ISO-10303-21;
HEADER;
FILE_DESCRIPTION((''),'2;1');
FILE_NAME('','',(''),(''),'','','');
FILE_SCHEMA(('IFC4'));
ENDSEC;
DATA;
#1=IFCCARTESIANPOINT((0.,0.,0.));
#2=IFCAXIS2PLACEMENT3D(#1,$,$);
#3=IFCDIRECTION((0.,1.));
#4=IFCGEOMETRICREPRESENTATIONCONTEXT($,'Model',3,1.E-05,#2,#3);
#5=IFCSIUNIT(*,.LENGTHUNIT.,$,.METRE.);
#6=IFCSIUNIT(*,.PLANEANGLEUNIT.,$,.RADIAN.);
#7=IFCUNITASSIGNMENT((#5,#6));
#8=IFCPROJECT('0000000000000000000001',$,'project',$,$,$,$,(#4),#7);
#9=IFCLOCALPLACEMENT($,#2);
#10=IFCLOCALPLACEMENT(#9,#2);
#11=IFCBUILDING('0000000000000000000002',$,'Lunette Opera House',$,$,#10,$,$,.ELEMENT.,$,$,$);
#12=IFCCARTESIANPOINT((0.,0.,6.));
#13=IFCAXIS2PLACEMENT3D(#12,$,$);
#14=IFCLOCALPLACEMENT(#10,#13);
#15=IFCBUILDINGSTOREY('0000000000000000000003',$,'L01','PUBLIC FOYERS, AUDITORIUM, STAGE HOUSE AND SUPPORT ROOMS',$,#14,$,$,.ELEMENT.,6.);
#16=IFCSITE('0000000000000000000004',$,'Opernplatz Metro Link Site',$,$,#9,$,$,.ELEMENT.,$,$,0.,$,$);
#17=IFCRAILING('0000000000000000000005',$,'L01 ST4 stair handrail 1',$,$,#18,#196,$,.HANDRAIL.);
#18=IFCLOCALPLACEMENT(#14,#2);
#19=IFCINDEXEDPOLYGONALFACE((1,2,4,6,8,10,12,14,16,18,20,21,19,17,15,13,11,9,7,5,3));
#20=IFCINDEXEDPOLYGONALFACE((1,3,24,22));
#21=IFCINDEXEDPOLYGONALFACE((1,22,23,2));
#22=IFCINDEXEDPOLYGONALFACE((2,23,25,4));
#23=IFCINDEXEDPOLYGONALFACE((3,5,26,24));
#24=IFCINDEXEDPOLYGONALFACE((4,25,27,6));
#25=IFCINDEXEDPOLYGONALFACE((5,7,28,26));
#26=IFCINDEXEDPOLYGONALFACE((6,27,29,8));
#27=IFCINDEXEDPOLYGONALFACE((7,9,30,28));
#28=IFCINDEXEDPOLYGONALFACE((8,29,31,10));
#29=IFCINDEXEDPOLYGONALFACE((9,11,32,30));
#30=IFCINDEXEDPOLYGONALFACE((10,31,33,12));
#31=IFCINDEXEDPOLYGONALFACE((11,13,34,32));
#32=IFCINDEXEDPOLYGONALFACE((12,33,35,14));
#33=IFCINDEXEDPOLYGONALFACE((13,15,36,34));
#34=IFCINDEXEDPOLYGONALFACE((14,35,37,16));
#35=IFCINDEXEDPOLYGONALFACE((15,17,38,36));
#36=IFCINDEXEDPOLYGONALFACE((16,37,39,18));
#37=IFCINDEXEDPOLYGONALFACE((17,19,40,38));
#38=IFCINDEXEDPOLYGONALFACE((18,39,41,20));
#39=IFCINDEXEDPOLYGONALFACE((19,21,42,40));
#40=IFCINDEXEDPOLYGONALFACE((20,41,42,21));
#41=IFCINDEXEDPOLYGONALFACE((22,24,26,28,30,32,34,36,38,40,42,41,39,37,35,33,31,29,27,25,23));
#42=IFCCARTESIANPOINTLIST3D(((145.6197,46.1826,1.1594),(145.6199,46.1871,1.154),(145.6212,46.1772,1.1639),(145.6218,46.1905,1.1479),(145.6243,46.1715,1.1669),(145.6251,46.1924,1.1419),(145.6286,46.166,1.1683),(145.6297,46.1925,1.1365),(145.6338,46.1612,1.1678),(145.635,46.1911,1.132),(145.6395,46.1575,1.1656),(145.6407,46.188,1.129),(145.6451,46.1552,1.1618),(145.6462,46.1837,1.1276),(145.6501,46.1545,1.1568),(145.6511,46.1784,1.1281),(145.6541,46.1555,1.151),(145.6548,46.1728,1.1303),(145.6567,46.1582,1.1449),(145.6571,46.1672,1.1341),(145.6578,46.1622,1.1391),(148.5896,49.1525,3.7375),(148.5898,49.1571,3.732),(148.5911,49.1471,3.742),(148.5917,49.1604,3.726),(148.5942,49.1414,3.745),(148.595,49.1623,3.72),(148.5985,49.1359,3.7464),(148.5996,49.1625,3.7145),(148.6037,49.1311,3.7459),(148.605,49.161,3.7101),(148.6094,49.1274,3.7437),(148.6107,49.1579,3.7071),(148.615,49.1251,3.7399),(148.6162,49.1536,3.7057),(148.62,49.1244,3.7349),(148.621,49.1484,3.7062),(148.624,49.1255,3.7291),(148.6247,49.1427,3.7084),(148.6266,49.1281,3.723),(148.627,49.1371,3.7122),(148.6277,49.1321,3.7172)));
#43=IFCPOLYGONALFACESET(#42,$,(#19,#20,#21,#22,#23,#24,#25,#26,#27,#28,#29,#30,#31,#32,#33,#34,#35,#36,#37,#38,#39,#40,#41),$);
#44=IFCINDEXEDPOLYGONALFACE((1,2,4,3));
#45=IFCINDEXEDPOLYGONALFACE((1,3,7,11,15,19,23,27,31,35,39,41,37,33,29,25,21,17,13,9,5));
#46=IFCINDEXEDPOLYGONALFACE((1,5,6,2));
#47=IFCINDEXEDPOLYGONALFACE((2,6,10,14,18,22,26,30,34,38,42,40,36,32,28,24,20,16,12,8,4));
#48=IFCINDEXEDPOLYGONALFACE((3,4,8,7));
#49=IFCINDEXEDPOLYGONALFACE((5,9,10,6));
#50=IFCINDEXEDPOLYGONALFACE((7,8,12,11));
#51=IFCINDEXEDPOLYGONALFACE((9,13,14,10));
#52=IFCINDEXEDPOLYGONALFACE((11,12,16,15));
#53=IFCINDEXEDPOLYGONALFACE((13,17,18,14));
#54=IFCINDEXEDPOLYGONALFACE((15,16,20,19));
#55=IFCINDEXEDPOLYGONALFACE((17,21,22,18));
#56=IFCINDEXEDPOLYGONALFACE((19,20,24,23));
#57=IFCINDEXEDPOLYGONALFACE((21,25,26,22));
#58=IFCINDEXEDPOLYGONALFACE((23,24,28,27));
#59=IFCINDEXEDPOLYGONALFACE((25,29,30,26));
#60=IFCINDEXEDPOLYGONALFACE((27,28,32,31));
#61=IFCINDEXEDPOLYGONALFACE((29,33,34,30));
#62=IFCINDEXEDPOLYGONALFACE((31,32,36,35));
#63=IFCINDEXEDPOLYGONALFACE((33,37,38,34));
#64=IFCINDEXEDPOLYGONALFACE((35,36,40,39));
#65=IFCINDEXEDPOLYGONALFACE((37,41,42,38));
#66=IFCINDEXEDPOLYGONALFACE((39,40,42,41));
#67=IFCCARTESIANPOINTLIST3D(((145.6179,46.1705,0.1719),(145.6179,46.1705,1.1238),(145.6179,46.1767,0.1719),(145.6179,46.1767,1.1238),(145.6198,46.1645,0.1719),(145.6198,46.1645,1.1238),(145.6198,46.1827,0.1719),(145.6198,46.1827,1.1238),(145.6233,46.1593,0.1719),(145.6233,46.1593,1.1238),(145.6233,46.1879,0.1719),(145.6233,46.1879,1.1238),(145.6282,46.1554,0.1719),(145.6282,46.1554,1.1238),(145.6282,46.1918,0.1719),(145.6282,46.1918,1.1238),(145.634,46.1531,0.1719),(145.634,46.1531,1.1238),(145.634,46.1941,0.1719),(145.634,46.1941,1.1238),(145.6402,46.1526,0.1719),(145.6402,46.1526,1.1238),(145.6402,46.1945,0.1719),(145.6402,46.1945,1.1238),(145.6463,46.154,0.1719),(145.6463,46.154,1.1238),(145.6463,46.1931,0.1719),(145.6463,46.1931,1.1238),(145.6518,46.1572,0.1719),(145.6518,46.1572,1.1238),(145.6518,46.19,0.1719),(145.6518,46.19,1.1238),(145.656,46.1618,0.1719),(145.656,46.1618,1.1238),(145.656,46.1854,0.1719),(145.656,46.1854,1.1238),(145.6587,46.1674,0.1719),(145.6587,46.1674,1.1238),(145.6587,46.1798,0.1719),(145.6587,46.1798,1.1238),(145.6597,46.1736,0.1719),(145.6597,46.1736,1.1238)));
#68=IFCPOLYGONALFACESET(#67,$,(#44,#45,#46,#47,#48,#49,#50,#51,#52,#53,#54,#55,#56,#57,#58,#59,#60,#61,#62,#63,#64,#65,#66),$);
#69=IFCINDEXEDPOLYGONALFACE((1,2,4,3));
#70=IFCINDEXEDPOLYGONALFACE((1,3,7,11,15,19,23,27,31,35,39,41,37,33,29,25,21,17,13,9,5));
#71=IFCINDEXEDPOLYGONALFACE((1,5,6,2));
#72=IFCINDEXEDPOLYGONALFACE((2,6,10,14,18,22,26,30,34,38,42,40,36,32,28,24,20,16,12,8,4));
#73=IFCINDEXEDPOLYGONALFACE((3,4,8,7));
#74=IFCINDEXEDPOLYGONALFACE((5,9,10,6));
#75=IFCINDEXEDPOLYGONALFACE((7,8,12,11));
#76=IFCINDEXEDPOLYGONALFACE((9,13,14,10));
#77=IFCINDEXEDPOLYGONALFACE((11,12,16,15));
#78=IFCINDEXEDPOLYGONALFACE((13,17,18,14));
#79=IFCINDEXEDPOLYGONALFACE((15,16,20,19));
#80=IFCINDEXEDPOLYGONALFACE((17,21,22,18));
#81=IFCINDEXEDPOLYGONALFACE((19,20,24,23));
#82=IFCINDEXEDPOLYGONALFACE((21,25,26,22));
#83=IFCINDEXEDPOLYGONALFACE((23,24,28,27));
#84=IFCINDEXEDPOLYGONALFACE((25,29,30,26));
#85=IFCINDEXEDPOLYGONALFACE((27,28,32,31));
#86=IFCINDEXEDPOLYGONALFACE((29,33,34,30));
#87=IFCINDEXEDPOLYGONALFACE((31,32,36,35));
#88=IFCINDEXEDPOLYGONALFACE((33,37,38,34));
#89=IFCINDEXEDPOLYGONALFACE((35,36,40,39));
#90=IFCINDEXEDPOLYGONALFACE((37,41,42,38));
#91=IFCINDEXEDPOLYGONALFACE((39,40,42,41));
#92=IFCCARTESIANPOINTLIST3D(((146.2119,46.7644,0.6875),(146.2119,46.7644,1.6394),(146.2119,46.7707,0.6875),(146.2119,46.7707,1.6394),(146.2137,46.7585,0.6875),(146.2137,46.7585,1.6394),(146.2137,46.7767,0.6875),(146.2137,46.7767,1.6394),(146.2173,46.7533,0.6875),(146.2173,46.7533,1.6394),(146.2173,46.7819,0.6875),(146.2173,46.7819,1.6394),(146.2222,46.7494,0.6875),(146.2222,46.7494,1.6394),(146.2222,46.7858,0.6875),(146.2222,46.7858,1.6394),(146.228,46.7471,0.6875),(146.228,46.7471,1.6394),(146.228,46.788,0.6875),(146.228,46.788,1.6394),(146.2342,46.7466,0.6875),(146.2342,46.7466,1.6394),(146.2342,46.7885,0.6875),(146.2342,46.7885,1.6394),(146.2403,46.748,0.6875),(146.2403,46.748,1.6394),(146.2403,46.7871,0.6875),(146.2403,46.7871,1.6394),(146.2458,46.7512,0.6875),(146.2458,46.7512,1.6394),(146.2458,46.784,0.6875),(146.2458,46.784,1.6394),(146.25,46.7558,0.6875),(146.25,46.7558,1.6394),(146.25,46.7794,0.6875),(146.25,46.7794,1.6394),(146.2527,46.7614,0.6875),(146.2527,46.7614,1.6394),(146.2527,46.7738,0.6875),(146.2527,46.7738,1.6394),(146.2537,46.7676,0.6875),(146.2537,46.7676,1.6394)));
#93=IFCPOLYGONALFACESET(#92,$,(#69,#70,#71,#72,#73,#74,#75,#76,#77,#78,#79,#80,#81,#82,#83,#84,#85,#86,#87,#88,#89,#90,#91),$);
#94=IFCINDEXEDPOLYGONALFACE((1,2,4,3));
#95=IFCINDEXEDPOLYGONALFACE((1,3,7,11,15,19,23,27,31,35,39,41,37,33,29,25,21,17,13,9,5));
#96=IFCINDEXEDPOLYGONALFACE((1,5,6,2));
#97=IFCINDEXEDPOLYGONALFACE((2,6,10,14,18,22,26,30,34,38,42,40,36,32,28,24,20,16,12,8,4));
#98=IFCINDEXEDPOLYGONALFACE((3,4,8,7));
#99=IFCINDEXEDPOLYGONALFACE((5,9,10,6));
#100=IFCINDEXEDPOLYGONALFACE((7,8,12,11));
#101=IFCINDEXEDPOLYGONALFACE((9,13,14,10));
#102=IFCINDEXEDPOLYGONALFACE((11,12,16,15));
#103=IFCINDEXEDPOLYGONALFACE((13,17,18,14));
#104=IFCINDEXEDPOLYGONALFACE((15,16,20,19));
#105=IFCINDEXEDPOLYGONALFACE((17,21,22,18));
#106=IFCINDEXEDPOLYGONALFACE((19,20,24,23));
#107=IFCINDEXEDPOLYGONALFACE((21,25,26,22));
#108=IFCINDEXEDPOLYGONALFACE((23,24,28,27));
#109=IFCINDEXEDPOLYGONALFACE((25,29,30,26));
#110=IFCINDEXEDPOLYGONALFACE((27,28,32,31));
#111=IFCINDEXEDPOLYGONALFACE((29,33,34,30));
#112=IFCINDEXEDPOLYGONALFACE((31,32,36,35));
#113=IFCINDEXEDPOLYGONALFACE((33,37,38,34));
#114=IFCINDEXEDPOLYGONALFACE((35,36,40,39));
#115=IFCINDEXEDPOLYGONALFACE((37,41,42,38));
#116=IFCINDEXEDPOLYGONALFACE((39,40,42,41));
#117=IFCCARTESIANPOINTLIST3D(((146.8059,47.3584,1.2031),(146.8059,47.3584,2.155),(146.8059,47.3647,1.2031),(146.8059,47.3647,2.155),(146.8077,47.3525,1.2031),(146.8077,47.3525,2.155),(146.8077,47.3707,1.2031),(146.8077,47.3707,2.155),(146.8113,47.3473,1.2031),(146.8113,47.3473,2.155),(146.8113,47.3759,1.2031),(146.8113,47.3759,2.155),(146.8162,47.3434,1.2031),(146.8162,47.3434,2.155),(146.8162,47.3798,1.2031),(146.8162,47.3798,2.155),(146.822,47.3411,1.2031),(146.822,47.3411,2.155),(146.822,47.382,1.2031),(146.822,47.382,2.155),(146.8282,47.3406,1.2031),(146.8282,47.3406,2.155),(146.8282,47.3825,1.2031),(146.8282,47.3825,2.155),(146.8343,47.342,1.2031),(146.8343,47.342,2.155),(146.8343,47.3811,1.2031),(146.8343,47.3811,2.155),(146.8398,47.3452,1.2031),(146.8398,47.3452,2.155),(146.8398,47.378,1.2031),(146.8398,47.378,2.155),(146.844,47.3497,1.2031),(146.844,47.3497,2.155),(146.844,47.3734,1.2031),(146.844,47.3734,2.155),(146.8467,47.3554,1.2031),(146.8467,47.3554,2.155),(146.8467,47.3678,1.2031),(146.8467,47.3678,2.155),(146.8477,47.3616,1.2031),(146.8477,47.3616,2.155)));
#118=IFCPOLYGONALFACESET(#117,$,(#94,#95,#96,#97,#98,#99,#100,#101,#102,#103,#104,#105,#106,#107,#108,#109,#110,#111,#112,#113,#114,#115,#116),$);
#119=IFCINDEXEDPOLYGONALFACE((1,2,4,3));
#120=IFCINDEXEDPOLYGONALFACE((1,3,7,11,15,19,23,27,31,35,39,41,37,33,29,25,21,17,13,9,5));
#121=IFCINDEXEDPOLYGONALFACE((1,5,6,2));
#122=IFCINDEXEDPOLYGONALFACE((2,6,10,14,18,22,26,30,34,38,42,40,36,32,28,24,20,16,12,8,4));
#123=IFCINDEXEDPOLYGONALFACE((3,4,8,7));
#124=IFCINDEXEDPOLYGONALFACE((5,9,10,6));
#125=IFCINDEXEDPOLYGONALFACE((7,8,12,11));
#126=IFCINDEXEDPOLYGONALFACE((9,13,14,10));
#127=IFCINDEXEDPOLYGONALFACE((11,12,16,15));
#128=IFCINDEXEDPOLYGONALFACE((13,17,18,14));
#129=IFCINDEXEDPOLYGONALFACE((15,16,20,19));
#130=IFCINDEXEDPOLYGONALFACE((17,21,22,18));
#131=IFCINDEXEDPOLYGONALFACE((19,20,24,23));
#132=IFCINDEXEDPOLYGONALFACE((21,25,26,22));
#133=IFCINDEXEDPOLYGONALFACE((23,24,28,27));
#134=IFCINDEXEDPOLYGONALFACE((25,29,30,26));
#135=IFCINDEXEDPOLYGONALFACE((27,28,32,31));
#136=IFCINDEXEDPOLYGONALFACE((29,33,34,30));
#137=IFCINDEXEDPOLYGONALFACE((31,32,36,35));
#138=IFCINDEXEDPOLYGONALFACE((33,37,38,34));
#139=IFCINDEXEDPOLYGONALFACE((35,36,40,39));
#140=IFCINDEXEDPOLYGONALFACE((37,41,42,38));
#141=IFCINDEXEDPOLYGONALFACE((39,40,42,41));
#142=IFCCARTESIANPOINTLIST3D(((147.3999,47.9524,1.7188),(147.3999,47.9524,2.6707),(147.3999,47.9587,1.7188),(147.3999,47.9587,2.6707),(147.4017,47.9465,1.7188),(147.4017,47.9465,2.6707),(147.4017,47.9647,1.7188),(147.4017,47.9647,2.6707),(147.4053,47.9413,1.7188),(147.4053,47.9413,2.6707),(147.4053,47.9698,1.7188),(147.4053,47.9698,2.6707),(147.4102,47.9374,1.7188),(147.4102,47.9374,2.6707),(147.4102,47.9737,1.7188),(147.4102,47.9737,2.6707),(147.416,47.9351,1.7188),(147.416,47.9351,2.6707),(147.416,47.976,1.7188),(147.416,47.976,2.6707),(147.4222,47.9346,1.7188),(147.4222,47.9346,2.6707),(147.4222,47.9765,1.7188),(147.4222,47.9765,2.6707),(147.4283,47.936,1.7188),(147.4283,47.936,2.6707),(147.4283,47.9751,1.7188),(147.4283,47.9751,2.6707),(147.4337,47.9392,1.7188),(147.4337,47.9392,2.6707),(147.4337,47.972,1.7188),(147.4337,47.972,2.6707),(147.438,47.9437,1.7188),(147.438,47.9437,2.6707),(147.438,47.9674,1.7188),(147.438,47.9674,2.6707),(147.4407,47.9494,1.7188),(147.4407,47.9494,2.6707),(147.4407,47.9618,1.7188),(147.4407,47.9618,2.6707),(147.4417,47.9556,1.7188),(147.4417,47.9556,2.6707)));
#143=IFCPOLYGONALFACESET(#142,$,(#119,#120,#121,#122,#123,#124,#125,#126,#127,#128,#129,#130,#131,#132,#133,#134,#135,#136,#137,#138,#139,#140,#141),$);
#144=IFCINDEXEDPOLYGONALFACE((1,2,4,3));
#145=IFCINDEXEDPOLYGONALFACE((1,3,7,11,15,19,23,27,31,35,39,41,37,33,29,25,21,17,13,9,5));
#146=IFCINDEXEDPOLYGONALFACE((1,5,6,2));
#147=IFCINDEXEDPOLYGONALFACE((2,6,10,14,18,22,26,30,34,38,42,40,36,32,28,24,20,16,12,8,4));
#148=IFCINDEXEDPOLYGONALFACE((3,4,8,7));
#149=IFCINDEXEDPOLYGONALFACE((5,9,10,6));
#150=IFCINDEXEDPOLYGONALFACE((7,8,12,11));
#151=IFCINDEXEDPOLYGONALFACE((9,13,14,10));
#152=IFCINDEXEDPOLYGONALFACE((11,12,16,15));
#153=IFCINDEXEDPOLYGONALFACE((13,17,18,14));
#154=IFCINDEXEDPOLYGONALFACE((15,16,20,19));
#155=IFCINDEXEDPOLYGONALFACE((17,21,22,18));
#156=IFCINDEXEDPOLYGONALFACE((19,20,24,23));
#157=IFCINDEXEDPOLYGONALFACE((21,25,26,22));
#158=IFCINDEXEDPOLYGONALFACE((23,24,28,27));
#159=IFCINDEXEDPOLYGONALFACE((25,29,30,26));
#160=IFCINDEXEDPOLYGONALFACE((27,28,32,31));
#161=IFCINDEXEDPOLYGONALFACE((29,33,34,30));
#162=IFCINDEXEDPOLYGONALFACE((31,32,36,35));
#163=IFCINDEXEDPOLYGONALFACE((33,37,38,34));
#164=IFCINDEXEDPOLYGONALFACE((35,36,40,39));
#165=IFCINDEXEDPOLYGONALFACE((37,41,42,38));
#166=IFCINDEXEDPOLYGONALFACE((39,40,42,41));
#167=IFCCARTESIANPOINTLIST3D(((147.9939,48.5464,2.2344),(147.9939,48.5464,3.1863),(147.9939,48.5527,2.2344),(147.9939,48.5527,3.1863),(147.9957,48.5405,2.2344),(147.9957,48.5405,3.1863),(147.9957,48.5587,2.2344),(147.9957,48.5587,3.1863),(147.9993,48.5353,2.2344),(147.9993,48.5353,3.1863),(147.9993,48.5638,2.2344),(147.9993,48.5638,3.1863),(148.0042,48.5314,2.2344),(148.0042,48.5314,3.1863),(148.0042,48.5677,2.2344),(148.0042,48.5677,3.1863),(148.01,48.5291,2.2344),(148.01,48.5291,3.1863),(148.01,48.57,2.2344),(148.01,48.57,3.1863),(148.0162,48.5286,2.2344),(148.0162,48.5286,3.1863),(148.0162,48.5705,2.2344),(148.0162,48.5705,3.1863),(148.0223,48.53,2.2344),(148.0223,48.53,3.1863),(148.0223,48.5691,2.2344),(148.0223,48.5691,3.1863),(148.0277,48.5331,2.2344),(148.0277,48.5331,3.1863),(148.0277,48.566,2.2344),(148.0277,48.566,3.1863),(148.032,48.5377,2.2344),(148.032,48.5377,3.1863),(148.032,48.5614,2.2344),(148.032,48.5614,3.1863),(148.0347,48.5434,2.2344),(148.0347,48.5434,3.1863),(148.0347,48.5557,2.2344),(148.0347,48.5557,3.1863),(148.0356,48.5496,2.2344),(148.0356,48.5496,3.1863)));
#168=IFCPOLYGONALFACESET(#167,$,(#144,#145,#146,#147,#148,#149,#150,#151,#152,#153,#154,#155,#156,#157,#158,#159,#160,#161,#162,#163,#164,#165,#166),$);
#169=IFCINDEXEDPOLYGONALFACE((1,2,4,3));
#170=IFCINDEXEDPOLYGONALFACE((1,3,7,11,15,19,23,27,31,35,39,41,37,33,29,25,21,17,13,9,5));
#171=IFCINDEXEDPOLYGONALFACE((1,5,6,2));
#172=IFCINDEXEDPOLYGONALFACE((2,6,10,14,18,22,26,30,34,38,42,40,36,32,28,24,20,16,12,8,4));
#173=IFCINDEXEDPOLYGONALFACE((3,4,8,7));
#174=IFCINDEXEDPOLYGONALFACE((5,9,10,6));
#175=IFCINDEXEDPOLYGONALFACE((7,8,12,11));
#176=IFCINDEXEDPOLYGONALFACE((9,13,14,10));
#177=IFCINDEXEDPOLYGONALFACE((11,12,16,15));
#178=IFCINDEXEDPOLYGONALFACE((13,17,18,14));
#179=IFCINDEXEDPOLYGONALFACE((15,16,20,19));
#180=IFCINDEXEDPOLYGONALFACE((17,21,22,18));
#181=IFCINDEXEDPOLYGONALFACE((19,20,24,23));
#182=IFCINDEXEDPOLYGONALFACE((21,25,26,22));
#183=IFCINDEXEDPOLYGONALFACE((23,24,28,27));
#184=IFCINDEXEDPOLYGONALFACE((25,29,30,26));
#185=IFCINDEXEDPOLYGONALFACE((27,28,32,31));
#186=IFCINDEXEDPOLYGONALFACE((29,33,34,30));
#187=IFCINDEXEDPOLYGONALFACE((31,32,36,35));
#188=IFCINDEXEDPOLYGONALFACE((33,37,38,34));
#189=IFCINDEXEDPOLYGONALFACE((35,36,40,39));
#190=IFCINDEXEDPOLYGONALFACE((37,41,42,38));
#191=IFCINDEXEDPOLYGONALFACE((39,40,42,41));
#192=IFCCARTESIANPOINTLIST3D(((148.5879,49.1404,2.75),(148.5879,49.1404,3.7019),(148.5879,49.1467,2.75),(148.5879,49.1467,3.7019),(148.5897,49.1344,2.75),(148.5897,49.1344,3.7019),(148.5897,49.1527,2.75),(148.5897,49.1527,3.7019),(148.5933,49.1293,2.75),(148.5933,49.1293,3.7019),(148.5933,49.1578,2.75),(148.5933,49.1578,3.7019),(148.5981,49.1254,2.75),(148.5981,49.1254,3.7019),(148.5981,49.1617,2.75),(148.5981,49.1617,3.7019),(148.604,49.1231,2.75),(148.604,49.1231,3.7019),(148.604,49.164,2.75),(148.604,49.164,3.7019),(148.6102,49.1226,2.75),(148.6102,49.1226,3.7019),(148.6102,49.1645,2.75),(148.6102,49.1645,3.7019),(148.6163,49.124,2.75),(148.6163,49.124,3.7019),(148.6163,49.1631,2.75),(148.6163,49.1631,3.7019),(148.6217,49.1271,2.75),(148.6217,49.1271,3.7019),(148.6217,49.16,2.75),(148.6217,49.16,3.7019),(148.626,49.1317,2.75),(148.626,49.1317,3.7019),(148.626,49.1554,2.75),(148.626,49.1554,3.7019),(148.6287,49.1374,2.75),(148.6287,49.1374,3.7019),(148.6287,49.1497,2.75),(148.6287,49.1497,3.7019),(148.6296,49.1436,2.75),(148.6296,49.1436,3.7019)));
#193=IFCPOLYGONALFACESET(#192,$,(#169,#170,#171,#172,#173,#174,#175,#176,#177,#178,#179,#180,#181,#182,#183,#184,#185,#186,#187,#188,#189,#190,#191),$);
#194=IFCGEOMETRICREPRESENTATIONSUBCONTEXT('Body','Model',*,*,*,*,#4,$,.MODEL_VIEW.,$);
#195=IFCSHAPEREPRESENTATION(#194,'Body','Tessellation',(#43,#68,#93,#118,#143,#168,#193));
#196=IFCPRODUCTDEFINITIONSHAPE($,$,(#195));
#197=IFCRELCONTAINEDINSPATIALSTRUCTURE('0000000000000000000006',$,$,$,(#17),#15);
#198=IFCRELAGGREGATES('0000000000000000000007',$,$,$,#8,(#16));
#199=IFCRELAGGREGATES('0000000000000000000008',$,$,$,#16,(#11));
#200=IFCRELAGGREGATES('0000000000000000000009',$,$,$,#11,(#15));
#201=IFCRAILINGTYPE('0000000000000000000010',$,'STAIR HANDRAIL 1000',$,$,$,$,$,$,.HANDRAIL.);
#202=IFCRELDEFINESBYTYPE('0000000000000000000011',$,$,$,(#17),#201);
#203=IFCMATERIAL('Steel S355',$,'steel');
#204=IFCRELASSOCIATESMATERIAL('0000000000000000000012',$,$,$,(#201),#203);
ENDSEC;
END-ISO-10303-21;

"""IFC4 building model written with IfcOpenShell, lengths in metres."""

from ifc_helpers import new_model, si_unit, direction, frame, origin, origin_2d, place, context, subcontext, project, spatial, circle, extrude, material, type_object, element, save


model = new_model("IFC4")

# Units and contexts
model_context = context("Model", 3, precision=1e-05, world=origin(), true_north=direction((0.0, 1.0)))
body_context = subcontext(model_context, "Body", "Model", "MODEL_VIEW")
ifc_project = project(units=[si_unit("LENGTHUNIT", "METRE"), si_unit("PLANEANGLEUNIT", "RADIAN")], contexts=[model_context])

# Site, building, storey
site_placement = place(None, origin())
site = spatial("IfcSite", under=ifc_project, at=site_placement, Name="Opernplatz Metro Link Site", CompositionType="ELEMENT", RefElevation=0.0)
building_placement = place(site_placement, origin())
building = spatial("IfcBuilding", under=site, at=building_placement, Name="Lunette Opera House", CompositionType="ELEMENT")
storey_placement = place(building_placement, frame((0.0, 0.0, 6.0)))
storey = spatial("IfcBuildingStorey", under=building, at=storey_placement, Name="L01", Description="PUBLIC FOYERS, AUDITORIUM, STAGE HOUSE AND SUPPORT ROOMS", CompositionType="ELEMENT", Elevation=6.0)

# Railing
ifc_material_1 = material(Name="Steel S355", Category="steel")
railing_type_1 = type_object("IfcRailingType", Name="STAIR HANDRAIL 1000", PredefinedType="HANDRAIL", material=ifc_material_1)
railing_1_placement = place(storey_placement, frame((145.6387, 46.1736, 0.1719)))
element("IfcRailing", 1, at=railing_1_placement, inside=storey, type_object=railing_type_1, Name="L01 ST4 stair handrail 1", PredefinedType="HANDRAIL", context=body_context, shape_type="SweptSolid", body=[
    extrude(circle(Radius=0.0239, at=origin_2d()), frame((0.0, 0.0, 0.9761), z_axis=(0.602635, 0.602635, 0.523126), x_axis=(-0.707107, 0.707107, 0.0)), (0.0, 0.0, 1.0), 4.9282),
    extrude(circle(Radius=0.021, at=origin_2d()), origin(), (0.0, 0.0, 1.0), 0.9519),
    extrude(circle(Radius=0.021, at=origin_2d()), frame((0.594, 0.594, 0.5156)), (0.0, 0.0, 1.0), 0.9519),
    extrude(circle(Radius=0.021, at=origin_2d()), frame((1.188, 1.188, 1.0312)), (0.0, 0.0, 1.0), 0.9519),
    extrude(circle(Radius=0.021, at=origin_2d()), frame((1.782, 1.782, 1.5469)), (0.0, 0.0, 1.0), 0.9519),
    extrude(circle(Radius=0.021, at=origin_2d()), frame((2.376, 2.376, 2.0625)), (0.0, 0.0, 1.0), 0.9519),
    extrude(circle(Radius=0.021, at=origin_2d()), frame((2.97, 2.97, 2.5781)), (0.0, 0.0, 1.0), 0.9519),
])

save(model, "model.ifc")
